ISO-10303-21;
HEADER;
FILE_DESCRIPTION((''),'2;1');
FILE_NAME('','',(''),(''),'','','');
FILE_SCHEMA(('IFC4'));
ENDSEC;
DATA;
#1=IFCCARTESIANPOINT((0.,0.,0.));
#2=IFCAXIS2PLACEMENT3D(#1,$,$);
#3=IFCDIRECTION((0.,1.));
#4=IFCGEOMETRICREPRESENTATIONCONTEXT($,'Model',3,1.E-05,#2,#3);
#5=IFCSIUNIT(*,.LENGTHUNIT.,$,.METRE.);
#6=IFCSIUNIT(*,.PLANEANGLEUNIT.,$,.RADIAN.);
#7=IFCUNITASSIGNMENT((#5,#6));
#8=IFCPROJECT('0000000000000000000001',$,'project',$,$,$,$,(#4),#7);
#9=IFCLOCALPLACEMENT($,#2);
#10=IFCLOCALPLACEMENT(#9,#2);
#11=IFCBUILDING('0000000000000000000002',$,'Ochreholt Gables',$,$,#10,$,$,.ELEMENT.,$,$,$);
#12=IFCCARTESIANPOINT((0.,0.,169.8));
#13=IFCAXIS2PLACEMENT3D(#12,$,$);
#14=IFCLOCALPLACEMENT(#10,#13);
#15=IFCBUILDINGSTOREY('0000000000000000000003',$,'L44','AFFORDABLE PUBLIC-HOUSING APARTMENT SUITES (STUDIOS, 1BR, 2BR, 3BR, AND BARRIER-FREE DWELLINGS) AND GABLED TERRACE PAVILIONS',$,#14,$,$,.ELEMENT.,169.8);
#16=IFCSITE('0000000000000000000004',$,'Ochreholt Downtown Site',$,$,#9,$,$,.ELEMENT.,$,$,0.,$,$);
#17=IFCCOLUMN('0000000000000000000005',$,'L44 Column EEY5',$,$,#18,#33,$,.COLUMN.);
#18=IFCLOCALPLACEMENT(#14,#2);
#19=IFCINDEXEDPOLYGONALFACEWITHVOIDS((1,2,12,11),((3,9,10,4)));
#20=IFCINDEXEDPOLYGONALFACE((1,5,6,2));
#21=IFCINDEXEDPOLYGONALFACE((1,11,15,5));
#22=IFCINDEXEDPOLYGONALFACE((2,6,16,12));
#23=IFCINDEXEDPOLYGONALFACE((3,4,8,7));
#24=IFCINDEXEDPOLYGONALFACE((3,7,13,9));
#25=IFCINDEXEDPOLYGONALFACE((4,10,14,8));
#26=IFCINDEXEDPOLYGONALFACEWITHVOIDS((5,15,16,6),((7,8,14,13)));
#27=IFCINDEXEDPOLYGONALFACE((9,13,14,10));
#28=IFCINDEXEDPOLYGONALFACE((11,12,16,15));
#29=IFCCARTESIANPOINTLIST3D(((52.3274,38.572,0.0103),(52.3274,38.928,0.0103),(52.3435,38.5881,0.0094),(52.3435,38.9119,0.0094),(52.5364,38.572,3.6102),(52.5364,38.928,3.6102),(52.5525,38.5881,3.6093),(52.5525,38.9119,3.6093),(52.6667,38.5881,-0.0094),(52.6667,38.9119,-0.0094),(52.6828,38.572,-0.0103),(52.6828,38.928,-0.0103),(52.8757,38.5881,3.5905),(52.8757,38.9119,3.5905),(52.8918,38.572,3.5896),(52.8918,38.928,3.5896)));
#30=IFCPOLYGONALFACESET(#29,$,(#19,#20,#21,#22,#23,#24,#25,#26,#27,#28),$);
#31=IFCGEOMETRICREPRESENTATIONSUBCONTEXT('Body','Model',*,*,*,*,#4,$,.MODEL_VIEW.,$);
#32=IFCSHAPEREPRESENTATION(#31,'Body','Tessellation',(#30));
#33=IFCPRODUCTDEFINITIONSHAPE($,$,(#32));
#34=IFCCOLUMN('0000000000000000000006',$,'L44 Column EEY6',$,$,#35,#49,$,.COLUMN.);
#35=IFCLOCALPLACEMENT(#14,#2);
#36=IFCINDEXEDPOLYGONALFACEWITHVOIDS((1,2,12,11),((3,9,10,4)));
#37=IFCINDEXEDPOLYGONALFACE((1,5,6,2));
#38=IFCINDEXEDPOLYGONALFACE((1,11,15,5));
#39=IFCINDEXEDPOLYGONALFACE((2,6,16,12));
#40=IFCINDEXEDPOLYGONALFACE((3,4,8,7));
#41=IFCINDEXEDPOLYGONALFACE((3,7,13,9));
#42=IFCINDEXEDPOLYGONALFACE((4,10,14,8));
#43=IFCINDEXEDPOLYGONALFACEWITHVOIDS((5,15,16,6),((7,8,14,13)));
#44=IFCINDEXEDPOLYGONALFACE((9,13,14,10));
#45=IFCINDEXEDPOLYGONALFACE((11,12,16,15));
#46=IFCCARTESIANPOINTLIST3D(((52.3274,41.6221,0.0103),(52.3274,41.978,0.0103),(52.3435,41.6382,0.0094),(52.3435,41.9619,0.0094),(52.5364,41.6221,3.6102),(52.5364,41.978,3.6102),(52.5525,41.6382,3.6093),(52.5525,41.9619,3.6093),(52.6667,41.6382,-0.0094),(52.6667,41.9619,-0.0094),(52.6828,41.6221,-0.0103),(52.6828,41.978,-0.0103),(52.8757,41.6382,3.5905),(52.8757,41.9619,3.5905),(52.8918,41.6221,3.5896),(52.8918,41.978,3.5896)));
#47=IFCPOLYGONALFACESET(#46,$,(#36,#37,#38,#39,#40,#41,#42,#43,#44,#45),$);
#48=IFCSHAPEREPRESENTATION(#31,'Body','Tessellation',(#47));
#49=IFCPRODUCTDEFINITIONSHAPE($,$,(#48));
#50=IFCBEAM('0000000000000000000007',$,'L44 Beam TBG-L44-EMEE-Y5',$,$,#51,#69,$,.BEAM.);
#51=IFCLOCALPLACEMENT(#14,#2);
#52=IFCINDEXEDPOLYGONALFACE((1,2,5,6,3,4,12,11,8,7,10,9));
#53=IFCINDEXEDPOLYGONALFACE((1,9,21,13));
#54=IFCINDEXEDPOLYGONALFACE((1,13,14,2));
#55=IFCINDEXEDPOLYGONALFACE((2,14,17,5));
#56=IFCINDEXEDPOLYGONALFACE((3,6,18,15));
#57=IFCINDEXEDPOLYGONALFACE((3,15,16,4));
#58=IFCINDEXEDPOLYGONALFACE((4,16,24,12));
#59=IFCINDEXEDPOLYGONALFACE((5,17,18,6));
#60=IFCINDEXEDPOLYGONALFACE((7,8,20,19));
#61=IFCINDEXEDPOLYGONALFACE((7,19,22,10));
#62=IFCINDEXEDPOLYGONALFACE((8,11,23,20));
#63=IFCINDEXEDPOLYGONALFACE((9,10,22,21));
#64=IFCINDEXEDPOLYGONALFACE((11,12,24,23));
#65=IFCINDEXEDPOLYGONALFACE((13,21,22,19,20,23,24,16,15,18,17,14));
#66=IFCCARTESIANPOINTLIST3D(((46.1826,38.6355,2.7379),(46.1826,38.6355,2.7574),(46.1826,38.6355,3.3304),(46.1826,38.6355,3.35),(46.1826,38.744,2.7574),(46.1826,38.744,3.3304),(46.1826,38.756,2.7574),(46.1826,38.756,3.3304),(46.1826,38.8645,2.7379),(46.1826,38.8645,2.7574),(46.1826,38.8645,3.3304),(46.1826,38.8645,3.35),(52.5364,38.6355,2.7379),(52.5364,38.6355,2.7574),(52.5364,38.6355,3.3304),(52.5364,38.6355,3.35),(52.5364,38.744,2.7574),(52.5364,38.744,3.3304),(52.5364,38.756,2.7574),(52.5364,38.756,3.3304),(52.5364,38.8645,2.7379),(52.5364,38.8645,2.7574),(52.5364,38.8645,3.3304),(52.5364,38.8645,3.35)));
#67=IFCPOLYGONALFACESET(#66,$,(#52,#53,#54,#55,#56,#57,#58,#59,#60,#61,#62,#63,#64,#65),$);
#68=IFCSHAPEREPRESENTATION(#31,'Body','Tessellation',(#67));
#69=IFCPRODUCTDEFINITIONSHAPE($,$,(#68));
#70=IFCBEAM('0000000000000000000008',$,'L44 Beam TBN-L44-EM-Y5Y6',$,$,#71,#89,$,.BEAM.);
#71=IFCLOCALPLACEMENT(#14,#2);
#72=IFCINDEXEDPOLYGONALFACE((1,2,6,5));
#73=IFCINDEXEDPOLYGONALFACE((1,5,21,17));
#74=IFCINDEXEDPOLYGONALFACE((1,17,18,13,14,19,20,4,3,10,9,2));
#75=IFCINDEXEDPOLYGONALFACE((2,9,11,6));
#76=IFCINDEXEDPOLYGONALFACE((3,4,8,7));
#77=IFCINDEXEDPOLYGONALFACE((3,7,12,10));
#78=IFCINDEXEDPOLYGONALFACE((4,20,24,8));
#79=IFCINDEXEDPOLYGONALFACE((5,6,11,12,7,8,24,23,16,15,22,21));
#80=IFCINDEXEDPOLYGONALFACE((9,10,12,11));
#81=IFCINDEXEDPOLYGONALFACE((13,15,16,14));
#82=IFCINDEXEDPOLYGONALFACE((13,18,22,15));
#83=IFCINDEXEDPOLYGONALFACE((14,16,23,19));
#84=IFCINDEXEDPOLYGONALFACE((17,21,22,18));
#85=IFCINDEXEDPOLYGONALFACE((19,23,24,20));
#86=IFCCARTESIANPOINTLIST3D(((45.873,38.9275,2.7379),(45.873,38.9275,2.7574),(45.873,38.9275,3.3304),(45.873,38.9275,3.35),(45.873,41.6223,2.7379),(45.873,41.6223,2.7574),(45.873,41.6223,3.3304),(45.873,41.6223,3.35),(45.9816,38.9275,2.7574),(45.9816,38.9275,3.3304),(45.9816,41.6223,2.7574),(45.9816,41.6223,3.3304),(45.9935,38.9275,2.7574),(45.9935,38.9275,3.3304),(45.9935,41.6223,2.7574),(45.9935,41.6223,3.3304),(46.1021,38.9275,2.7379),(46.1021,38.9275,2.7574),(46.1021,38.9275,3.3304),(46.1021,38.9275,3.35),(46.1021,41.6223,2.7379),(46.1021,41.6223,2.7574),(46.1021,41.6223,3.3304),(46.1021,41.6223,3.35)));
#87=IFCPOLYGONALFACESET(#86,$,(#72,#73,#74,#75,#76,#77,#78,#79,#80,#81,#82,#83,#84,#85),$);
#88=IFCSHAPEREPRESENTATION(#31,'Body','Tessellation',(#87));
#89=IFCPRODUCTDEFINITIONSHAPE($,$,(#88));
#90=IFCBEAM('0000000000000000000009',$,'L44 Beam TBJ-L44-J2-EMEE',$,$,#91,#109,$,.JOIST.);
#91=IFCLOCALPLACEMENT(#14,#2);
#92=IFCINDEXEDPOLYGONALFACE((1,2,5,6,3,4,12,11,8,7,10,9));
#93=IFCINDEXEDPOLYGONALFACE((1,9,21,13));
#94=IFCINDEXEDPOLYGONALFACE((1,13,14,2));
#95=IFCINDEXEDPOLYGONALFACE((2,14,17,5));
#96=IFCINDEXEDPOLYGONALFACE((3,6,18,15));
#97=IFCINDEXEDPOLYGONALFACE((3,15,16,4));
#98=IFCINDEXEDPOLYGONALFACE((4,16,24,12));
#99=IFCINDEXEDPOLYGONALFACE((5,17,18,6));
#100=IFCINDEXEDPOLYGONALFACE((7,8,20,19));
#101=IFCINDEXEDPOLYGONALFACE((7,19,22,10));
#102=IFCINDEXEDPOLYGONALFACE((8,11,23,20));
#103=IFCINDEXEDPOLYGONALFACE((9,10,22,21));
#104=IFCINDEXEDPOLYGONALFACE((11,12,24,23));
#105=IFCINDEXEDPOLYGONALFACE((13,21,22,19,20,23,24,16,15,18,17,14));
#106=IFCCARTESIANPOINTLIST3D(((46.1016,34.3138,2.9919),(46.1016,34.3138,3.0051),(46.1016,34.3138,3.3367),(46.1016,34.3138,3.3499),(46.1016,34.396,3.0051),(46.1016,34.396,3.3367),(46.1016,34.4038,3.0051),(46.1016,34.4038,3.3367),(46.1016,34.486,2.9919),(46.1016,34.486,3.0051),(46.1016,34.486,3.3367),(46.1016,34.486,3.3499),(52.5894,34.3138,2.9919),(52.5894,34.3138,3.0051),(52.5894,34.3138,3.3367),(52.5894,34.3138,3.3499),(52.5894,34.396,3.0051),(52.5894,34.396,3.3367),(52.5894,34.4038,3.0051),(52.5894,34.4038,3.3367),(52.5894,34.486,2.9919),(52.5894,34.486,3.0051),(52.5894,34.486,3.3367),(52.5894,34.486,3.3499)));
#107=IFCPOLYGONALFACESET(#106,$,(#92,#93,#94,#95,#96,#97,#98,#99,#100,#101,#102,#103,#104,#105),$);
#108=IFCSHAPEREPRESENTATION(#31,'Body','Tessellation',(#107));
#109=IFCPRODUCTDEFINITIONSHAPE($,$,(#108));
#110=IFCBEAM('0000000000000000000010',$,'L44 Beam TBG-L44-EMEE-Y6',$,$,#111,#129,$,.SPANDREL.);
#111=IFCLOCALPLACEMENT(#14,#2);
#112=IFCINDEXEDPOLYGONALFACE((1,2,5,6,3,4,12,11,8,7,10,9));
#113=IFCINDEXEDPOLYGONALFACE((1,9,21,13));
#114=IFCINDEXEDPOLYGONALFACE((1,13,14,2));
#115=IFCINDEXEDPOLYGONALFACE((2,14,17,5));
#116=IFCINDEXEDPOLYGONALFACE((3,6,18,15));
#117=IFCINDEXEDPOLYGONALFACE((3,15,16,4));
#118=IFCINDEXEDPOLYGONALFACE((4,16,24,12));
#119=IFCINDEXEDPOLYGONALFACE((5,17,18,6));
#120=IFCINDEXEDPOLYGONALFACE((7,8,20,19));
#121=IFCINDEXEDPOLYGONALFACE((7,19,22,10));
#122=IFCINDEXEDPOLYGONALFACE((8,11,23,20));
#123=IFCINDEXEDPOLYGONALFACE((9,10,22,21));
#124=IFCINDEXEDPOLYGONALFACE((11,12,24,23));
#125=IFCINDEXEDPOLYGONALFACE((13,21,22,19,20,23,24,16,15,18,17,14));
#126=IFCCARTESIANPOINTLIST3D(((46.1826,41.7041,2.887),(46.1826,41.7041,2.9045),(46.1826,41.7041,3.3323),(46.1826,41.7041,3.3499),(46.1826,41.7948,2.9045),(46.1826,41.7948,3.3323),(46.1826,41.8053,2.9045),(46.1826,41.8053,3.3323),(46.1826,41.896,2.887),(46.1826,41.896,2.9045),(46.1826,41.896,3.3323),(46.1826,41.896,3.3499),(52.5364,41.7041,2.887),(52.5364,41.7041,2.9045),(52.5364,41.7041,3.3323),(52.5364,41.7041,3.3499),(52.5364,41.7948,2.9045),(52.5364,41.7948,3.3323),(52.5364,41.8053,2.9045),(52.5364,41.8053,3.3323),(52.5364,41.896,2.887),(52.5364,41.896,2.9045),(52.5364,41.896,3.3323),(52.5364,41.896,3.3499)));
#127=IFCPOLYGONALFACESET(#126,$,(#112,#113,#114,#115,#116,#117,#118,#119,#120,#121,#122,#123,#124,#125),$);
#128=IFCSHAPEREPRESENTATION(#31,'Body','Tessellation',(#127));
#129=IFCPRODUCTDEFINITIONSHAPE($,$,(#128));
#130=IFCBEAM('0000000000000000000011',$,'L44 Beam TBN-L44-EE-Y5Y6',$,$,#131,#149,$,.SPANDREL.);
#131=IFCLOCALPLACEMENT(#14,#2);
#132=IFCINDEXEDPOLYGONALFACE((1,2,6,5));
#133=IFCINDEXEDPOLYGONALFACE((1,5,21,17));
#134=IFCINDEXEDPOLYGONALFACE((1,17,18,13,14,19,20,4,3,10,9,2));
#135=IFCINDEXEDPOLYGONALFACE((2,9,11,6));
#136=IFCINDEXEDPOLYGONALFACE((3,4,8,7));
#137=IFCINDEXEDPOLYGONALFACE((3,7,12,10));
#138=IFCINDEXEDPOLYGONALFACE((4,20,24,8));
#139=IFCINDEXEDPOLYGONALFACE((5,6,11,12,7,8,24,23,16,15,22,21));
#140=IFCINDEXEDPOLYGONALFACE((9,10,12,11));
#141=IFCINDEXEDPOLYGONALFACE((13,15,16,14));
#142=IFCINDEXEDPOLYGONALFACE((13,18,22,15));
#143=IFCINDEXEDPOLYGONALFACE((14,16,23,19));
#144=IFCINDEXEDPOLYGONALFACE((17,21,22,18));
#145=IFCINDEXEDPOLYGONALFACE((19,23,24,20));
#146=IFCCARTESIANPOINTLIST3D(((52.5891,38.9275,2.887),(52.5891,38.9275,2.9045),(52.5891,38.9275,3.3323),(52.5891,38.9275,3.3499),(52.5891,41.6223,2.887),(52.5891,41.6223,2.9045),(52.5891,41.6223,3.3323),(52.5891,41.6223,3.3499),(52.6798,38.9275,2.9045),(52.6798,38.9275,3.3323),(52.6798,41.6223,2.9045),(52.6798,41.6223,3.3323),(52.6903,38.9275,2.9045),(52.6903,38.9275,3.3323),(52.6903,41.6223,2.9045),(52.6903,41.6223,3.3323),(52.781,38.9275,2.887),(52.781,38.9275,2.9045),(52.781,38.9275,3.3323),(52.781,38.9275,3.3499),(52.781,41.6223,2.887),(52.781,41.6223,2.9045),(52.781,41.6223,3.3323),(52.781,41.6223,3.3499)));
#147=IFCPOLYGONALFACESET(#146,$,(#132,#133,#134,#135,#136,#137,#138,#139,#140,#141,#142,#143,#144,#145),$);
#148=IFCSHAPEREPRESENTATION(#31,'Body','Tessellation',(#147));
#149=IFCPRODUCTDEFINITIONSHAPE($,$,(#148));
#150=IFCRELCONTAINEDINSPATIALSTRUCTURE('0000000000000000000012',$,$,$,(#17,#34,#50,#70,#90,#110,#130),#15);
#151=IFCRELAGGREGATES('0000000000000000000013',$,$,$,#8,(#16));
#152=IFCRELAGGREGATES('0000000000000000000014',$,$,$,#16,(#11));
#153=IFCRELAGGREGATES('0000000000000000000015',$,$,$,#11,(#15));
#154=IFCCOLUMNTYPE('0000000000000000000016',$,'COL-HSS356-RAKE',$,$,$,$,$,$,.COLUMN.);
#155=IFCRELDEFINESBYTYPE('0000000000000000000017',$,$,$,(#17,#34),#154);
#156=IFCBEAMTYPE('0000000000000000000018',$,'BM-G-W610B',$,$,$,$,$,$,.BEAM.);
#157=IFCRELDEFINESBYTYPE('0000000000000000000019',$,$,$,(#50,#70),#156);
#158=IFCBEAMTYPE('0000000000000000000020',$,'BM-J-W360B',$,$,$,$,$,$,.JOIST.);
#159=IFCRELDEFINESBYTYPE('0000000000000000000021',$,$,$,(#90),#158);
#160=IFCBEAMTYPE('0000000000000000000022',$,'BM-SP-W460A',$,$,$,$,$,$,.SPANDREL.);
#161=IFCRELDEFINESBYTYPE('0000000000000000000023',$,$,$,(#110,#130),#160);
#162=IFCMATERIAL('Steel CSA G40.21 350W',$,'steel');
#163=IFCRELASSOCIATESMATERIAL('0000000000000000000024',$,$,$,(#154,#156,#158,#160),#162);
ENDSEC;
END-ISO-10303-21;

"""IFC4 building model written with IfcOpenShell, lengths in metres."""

from ifc_helpers import new_model, si_unit, direction, frame, origin, origin_2d, place, context, subcontext, project, spatial, hollow_rectangle, i_section, extrude, material, material_profile, profile_set, type_object, element, save


model = new_model("IFC4")

# Units and contexts
model_context = context("Model", 3, precision=1e-05, world=origin(), true_north=direction((0.0, 1.0)))
body_context = subcontext(model_context, "Body", "Model", "MODEL_VIEW")
ifc_project = project(units=[si_unit("LENGTHUNIT", "METRE"), si_unit("PLANEANGLEUNIT", "RADIAN")], contexts=[model_context])

# Site, building, storey
site_placement = place(None, origin())
site = spatial("IfcSite", under=ifc_project, at=site_placement, Name="Ochreholt Downtown Site", CompositionType="ELEMENT", RefElevation=0.0)
building_placement = place(site_placement, origin())
building = spatial("IfcBuilding", under=site, at=building_placement, Name="Ochreholt Gables", CompositionType="ELEMENT")
storey_placement = place(building_placement, frame((0.0, 0.0, 169.8)))
storey = spatial("IfcBuildingStorey", under=building, at=storey_placement, Name="L44", Description="AFFORDABLE PUBLIC-HOUSING APARTMENT SUITES (STUDIOS, 1BR, 2BR, 3BR, AND BARRIER-FREE DWELLINGS) AND GABLED TERRACE PAVILIONS", CompositionType="ELEMENT", Elevation=169.8)

# Columns
ifc_material_1 = material(Name="Steel CSA G40.21 350W", Category="steel")
ifc_material_profile_1 = material_profile(ifc_material_1, hollow_rectangle(XDim=0.356, YDim=0.356, WallThickness=0.0161, at=origin_2d()), Name="HSS356X356X16")
ifc_profile_set_1 = profile_set([ifc_material_profile_1], Name="Steel CSA G40.21 350W")
column_type = type_object("IfcColumnType", Name="COL-HSS356-RAKE", PredefinedType="COLUMN", material=ifc_profile_set_1)
for number, where, z_axis, x_axis, name in (
    (1, (52.5051, 38.75, 0.0), (0.057956, 0.0, 0.998319), (0.0, 1.0, 0.0), "L44 Column EEY5"),
    (2, (52.5051, 41.8, 0.0), (0.057956, 0.0, 0.998319), (0.0, 1.0, 0.0), "L44 Column EEY6"),
):
    element("IfcColumn", number, at=place(storey_placement, frame(where, z_axis=z_axis, x_axis=x_axis)), inside=storey, type_object=column_type, Name=name, PredefinedType="COLUMN", context=body_context, shape_type="SweptSolid", body=[
        extrude(hollow_rectangle(XDim=0.356, YDim=0.356, WallThickness=0.0161, at=origin_2d()), origin(), (0.0, 0.0, 1.0), 3.606),
    ])

# Beams
ifc_material_profile_2 = material_profile(ifc_material_1, i_section(OverallWidth=0.229, OverallDepth=0.6121, WebThickness=0.012, FlangeThickness=0.0195, at=origin_2d()), Name="W610X125")
ifc_profile_set_2 = profile_set([ifc_material_profile_2], Name="Steel CSA G40.21 350W")
beam_type_1 = type_object("IfcBeamType", Name="BM-G-W610B", PredefinedType="BEAM", material=ifc_profile_set_2)
beam_1_placement = place(storey_placement, frame((46.1826, 38.75, 3.0439), z_axis=(1.0, 0.0, 0.0), x_axis=(0.0, 1.0, 0.0)))
element("IfcBeam", 3, at=beam_1_placement, inside=storey, type_object=beam_type_1, Name="L44 Beam TBG-L44-EMEE-Y5", PredefinedType="BEAM", context=body_context, shape_type="SweptSolid", body=[
    extrude(i_section(OverallWidth=0.229, OverallDepth=0.6121, WebThickness=0.012, FlangeThickness=0.0195, at=origin_2d()), origin(), (0.0, 0.0, 1.0), 6.3538),
])
beam_2_placement = place(storey_placement, frame((45.9875, 38.9275, 3.0439), z_axis=(0.0, 1.0, 0.0), x_axis=(-1.0, 0.0, 0.0)))
element("IfcBeam", 4, at=beam_2_placement, inside=storey, type_object=beam_type_1, Name="L44 Beam TBN-L44-EM-Y5Y6", PredefinedType="BEAM", context=body_context, shape_type="SweptSolid", body=[
    extrude(i_section(OverallWidth=0.229, OverallDepth=0.6121, WebThickness=0.012, FlangeThickness=0.0195, at=origin_2d()), origin(), (0.0, 0.0, 1.0), 2.6948),
])
ifc_material_profile_3 = material_profile(ifc_material_1, i_section(OverallWidth=0.1721, OverallDepth=0.3579, WebThickness=0.0078, FlangeThickness=0.0132, at=origin_2d()), Name="W360X57")
ifc_profile_set_3 = profile_set([ifc_material_profile_3], Name="Steel CSA G40.21 350W")
beam_type_2 = type_object("IfcBeamType", Name="BM-J-W360B", PredefinedType="JOIST", material=ifc_profile_set_3)
beam_3_placement = place(storey_placement, frame((46.1016, 34.3999, 3.1709), z_axis=(1.0, 0.0, 0.0), x_axis=(0.0, 1.0, 0.0)))
element("IfcBeam", 5, at=beam_3_placement, inside=storey, type_object=beam_type_2, Name="L44 Beam TBJ-L44-J2-EMEE", PredefinedType="JOIST", context=body_context, shape_type="SweptSolid", body=[
    extrude(i_section(OverallWidth=0.1721, OverallDepth=0.3579, WebThickness=0.0078, FlangeThickness=0.0132, at=origin_2d()), origin(), (0.0, 0.0, 1.0), 6.4878),
])
ifc_material_profile_4 = material_profile(ifc_material_1, i_section(OverallWidth=0.1919, OverallDepth=0.4629, WebThickness=0.0105, FlangeThickness=0.0176, at=origin_2d()), Name="W460X89")
ifc_profile_set_4 = profile_set([ifc_material_profile_4], Name="Steel CSA G40.21 350W")
beam_type_3 = type_object("IfcBeamType", Name="BM-SP-W460A", PredefinedType="SPANDREL", material=ifc_profile_set_4)
beam_4_placement = place(storey_placement, frame((46.1826, 41.8, 3.1184), z_axis=(1.0, 0.0, 0.0), x_axis=(0.0, 1.0, 0.0)))
element("IfcBeam", 6, at=beam_4_placement, inside=storey, type_object=beam_type_3, Name="L44 Beam TBG-L44-EMEE-Y6", PredefinedType="SPANDREL", context=body_context, shape_type="SweptSolid", body=[
    extrude(i_section(OverallWidth=0.1919, OverallDepth=0.4629, WebThickness=0.0105, FlangeThickness=0.0176, at=origin_2d()), origin(), (0.0, 0.0, 1.0), 6.3538),
])
beam_5_placement = place(storey_placement, frame((52.6851, 38.9275, 3.1184), z_axis=(0.0, 1.0, 0.0), x_axis=(-1.0, 0.0, 0.0)))
element("IfcBeam", 7, at=beam_5_placement, inside=storey, type_object=beam_type_3, Name="L44 Beam TBN-L44-EE-Y5Y6", PredefinedType="SPANDREL", context=body_context, shape_type="SweptSolid", body=[
    extrude(i_section(OverallWidth=0.1919, OverallDepth=0.4629, WebThickness=0.0105, FlangeThickness=0.0176, at=origin_2d()), origin(), (0.0, 0.0, 1.0), 2.6948),
])

save(model, "model.ifc")
